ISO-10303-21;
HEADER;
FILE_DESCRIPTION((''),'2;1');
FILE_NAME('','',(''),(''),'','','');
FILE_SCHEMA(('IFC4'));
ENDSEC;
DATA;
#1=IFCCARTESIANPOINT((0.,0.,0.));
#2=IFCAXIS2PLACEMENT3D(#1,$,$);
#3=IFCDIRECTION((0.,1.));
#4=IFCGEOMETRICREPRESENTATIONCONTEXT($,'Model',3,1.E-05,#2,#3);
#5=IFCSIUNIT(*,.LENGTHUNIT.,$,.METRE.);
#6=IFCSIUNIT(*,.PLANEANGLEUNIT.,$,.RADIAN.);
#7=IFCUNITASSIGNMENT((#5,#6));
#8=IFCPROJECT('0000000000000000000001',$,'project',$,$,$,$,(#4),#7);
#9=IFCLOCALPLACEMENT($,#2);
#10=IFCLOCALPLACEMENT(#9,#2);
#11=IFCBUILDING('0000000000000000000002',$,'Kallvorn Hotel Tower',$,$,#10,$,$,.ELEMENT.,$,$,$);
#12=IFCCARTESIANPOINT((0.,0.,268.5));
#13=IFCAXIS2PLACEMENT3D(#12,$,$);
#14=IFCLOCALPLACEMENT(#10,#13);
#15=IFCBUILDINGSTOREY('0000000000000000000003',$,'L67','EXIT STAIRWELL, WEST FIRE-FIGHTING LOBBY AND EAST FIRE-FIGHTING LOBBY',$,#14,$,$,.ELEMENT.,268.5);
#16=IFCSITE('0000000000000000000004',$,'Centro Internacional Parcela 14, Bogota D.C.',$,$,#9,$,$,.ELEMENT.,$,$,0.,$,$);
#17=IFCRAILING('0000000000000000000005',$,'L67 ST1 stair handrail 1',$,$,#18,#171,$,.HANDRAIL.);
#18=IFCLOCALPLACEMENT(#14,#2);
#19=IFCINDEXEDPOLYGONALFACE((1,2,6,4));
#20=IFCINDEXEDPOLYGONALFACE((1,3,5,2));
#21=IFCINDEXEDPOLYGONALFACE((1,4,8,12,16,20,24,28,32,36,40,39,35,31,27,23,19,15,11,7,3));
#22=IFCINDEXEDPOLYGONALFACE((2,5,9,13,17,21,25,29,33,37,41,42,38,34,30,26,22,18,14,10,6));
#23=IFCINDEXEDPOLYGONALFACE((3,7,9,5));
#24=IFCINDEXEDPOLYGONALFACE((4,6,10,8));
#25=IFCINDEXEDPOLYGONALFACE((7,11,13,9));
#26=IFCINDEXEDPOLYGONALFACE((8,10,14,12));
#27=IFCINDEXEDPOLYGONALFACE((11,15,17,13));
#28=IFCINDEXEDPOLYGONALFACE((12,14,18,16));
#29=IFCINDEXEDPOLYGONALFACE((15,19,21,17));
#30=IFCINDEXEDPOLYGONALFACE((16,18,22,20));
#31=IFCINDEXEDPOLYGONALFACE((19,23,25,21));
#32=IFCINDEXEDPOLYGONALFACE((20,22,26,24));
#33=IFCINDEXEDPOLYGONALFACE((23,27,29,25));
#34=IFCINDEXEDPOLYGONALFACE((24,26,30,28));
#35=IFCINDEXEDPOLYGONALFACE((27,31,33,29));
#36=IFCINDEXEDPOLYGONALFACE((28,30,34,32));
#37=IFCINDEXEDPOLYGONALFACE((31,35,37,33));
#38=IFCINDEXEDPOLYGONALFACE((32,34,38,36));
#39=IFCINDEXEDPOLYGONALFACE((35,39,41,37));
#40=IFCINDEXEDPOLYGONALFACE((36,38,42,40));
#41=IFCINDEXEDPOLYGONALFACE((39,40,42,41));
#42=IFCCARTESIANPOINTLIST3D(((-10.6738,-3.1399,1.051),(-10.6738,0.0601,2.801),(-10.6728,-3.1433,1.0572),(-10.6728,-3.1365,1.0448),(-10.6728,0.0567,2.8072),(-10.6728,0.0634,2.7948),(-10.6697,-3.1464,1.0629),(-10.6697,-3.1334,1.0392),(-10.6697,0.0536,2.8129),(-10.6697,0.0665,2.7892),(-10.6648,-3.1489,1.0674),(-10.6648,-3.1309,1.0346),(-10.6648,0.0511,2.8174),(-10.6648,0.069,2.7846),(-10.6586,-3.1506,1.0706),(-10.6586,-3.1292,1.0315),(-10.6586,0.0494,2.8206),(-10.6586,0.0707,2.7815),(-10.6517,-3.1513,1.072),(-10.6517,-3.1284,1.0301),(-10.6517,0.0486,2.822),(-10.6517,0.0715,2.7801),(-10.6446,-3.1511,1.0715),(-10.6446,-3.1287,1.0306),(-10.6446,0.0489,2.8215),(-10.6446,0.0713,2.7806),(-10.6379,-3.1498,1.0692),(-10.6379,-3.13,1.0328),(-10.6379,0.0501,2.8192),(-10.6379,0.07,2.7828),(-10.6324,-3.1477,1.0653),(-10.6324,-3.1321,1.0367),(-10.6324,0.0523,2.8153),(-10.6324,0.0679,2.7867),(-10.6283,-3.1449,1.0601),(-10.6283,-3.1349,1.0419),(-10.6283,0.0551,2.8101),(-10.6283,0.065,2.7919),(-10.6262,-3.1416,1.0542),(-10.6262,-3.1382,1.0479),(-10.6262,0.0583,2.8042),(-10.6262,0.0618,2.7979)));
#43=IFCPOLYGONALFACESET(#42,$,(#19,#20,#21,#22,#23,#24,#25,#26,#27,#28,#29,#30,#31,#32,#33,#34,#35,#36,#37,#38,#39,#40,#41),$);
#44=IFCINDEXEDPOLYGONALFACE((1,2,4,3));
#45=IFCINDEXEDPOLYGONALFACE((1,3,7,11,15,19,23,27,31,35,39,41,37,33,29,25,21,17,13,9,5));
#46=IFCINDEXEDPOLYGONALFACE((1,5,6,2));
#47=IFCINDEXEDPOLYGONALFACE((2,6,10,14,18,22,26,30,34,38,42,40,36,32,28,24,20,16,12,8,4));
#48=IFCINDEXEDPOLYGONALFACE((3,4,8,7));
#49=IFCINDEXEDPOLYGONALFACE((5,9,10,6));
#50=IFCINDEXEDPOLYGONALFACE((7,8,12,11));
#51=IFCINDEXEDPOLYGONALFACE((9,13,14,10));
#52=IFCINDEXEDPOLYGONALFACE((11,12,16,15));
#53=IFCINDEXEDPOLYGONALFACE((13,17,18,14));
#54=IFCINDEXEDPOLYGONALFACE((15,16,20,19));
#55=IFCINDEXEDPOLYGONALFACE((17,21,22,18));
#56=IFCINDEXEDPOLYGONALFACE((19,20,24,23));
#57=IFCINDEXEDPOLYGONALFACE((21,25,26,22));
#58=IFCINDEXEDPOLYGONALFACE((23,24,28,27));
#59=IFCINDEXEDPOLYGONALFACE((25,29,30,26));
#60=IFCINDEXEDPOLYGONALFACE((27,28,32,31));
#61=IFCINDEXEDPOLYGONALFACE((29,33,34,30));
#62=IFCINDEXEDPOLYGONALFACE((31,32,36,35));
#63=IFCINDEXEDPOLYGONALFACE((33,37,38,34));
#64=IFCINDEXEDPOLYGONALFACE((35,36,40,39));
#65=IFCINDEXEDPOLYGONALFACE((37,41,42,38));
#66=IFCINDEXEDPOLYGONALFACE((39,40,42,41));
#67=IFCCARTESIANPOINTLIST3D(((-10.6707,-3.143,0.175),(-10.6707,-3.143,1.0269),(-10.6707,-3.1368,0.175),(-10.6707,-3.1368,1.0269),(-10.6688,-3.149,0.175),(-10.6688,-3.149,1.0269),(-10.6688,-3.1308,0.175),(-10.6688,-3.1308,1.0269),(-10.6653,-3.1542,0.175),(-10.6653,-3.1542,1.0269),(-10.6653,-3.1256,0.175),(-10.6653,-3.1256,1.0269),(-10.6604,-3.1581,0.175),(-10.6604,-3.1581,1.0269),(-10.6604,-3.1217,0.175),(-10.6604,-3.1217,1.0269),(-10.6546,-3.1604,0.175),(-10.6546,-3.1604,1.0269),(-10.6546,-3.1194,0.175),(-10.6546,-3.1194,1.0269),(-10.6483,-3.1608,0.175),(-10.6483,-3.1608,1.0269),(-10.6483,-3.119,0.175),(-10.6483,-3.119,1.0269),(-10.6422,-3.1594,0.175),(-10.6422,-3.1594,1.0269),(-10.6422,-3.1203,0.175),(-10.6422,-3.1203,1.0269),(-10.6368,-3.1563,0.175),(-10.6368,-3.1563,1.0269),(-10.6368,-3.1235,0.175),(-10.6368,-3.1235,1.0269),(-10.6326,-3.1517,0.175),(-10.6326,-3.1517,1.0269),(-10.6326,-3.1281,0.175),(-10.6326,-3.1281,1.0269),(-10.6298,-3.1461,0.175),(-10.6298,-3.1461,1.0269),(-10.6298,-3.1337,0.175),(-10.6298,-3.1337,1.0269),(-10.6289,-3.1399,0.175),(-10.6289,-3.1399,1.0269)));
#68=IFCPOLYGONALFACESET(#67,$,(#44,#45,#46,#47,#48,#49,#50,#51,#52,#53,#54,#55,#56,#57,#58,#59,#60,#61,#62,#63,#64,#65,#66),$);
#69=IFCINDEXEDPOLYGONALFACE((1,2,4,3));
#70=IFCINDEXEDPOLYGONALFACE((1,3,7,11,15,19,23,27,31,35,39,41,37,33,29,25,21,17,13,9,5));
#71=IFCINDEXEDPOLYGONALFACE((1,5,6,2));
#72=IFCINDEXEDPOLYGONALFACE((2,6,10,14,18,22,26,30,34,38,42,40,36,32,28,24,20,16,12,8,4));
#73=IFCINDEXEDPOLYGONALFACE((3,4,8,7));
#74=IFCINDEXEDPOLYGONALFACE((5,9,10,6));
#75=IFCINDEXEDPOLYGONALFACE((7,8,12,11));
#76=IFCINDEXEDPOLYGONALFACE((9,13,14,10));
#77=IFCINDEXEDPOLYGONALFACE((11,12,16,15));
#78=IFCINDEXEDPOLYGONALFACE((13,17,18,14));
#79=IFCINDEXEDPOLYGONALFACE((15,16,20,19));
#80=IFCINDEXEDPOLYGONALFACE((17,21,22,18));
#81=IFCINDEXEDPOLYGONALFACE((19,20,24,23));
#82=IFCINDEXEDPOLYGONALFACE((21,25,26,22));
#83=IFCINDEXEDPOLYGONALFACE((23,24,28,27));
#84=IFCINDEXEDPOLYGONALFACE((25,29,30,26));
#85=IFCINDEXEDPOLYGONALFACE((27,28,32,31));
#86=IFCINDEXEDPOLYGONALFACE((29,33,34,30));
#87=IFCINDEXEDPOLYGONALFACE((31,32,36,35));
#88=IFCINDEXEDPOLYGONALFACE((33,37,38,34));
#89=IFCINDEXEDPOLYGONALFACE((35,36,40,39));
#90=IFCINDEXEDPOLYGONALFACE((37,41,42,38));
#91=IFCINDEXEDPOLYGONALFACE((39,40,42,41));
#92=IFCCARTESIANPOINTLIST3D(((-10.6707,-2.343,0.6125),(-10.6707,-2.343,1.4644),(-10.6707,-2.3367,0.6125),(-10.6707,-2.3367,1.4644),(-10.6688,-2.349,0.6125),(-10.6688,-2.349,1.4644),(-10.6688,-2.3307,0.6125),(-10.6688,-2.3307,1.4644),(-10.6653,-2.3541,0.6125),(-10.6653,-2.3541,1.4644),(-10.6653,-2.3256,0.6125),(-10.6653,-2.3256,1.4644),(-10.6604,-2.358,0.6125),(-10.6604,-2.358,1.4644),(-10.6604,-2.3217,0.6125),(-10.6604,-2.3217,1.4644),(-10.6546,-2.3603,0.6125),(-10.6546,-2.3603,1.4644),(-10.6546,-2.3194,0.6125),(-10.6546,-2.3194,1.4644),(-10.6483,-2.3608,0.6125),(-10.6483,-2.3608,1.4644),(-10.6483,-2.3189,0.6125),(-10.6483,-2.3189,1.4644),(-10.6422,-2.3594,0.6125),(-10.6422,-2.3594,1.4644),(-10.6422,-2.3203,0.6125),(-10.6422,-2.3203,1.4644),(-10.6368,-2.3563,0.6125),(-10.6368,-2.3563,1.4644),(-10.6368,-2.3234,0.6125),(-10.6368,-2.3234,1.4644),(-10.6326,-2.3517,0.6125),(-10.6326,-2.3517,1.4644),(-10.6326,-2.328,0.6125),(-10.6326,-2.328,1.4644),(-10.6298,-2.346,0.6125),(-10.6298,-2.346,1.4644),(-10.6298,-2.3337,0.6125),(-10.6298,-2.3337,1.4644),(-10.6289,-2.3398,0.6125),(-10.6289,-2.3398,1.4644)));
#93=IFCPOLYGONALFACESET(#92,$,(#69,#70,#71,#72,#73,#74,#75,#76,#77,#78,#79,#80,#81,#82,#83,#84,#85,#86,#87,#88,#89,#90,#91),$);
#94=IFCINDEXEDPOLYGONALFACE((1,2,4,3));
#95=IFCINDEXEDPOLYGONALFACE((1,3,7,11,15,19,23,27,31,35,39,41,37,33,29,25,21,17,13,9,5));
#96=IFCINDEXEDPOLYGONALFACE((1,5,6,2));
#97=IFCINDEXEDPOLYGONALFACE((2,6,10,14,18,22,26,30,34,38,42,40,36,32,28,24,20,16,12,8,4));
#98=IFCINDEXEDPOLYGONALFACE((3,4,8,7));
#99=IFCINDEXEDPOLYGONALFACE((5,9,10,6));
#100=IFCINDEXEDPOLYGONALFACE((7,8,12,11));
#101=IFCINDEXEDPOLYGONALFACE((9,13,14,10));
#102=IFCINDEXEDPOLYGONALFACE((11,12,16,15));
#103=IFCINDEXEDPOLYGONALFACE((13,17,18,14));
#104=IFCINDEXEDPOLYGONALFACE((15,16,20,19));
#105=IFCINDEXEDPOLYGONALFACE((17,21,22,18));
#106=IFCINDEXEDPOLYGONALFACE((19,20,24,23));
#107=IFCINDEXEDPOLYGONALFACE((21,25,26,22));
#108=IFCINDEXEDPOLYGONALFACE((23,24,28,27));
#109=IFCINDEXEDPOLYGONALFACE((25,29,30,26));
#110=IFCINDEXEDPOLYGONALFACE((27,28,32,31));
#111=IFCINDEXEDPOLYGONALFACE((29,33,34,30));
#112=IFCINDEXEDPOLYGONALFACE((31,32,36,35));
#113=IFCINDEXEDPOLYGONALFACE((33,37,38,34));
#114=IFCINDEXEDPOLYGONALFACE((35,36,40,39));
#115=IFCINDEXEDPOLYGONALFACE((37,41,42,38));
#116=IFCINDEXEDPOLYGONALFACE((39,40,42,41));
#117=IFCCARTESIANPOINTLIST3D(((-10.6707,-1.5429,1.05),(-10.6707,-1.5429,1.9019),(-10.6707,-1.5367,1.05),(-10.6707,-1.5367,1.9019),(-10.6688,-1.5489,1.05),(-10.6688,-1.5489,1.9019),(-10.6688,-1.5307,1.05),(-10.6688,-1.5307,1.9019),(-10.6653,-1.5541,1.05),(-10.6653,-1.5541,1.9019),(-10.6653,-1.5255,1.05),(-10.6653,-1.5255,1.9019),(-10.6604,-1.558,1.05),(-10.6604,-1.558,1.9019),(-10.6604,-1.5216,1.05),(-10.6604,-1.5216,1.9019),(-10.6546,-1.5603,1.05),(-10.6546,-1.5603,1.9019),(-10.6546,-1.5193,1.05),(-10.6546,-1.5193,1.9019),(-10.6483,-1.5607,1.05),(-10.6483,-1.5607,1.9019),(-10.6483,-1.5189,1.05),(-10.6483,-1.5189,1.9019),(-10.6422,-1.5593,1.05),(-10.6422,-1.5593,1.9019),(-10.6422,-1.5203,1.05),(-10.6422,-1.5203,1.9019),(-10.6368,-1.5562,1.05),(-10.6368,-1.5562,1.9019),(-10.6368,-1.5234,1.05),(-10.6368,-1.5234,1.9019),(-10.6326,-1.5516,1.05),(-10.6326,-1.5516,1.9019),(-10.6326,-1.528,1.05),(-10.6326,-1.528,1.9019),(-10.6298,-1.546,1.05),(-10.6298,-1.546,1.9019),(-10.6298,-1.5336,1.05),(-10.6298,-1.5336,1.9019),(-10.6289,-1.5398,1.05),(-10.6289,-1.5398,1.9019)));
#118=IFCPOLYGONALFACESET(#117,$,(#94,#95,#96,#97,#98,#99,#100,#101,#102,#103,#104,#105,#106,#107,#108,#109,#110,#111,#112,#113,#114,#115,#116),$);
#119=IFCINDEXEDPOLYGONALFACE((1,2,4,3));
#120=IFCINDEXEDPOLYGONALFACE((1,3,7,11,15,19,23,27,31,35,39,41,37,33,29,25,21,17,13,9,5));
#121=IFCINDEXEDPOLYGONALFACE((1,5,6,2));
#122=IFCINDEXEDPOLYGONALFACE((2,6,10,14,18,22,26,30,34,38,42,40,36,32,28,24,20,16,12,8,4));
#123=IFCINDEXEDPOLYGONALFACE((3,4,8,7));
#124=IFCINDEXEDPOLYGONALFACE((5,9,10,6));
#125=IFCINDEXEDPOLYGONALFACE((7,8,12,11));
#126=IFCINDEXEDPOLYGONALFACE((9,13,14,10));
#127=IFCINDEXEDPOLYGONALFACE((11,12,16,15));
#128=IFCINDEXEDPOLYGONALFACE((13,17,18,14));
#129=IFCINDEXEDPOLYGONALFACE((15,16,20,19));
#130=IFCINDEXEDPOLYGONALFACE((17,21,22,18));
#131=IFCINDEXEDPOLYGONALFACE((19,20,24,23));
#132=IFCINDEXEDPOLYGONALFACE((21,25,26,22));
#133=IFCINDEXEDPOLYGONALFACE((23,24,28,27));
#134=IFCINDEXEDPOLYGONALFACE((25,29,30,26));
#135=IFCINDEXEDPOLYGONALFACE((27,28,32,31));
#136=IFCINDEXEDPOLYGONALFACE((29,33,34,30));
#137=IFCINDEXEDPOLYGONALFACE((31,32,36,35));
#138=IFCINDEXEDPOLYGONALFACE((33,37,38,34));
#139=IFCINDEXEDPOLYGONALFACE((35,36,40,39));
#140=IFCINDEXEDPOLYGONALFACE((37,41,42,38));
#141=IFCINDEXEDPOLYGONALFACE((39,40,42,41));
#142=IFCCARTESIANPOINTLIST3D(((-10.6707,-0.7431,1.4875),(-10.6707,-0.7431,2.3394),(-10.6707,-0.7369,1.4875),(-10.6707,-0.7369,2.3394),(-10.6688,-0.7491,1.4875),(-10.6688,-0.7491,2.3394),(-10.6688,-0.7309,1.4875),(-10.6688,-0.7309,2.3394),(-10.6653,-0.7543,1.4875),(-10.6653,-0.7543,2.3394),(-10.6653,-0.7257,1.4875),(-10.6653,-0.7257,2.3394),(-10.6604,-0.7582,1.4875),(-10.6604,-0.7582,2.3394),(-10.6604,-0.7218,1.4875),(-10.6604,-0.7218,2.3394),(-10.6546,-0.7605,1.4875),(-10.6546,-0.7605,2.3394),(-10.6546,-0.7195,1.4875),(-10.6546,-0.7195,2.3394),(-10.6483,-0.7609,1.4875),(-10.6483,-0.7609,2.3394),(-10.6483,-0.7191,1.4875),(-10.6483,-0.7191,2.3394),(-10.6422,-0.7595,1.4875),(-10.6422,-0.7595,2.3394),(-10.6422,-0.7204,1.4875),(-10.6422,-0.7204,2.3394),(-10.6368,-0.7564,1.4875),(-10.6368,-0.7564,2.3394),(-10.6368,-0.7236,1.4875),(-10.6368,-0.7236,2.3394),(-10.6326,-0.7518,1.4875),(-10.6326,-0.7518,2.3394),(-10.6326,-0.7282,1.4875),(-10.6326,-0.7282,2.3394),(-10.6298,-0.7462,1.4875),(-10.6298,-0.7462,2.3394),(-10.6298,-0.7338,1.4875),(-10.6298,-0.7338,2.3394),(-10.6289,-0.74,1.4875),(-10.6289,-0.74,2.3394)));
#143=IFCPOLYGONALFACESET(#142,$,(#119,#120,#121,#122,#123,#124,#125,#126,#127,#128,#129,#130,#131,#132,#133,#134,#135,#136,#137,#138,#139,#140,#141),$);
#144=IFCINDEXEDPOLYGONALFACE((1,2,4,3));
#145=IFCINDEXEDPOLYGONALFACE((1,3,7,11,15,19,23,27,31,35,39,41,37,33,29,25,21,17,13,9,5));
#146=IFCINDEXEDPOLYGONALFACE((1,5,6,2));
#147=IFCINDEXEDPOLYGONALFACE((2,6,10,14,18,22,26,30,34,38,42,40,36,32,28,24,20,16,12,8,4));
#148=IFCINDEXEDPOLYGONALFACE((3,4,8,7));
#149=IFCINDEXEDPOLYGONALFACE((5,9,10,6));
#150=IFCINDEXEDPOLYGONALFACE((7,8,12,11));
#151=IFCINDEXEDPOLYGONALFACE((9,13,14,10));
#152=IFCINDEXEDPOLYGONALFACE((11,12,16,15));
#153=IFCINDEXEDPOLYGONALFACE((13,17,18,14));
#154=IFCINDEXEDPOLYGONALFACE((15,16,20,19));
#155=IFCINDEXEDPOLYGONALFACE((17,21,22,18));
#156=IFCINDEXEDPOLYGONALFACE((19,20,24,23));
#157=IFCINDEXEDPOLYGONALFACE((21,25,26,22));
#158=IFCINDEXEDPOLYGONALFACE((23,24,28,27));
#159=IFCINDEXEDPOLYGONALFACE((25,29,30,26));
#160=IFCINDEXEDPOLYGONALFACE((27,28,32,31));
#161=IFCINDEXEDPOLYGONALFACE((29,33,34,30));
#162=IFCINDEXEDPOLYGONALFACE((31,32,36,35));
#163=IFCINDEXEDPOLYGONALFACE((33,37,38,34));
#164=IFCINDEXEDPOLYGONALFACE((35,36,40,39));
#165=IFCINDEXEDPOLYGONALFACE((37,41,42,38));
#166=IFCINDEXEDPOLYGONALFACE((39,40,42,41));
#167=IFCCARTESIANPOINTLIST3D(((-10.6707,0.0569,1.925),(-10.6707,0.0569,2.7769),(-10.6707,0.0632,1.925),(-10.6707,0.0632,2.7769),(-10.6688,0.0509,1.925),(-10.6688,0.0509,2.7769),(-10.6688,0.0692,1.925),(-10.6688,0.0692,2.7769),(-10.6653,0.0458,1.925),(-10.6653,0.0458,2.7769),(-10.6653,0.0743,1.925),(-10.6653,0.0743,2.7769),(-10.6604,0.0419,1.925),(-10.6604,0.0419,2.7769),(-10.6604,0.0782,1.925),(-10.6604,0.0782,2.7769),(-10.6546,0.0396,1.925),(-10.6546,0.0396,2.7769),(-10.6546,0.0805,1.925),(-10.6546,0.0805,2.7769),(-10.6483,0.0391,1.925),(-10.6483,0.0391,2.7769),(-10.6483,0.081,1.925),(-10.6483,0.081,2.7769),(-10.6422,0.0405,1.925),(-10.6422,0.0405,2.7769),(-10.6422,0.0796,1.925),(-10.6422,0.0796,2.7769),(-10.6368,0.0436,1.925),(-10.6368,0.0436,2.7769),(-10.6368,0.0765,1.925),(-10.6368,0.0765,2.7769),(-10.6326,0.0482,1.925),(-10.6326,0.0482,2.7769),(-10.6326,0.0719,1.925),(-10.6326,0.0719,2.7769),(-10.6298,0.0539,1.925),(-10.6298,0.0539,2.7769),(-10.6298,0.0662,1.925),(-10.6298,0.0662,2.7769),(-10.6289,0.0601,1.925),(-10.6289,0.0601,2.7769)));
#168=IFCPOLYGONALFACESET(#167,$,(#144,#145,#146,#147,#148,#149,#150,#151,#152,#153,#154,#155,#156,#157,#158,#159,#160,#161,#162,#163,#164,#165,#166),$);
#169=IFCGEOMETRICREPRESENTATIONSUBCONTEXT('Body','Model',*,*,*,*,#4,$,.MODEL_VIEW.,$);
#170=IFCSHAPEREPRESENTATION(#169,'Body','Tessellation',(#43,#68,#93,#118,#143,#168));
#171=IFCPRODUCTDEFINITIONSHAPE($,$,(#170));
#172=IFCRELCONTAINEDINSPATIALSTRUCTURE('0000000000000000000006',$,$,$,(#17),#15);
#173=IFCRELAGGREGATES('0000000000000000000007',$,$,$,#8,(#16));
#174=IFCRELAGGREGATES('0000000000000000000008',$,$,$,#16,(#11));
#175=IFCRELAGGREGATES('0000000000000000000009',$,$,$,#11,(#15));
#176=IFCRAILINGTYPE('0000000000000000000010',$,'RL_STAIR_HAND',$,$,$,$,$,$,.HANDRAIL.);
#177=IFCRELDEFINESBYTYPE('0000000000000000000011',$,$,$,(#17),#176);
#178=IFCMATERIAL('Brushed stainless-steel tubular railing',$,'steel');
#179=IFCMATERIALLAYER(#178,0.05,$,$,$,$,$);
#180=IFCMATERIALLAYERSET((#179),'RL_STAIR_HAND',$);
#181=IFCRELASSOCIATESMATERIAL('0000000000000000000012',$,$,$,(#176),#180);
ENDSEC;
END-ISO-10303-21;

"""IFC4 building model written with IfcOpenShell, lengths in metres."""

from ifc_helpers import new_model, si_unit, direction, frame, origin, origin_2d, place, context, subcontext, project, spatial, circle, extrude, material, layer, layer_set, type_object, element, save


model = new_model("IFC4")

# Units and contexts
model_context = context("Model", 3, precision=1e-05, world=origin(), true_north=direction((0.0, 1.0)))
body_context = subcontext(model_context, "Body", "Model", "MODEL_VIEW")
ifc_project = project(units=[si_unit("LENGTHUNIT", "METRE"), si_unit("PLANEANGLEUNIT", "RADIAN")], contexts=[model_context])

# Site, building, storey
site_placement = place(None, origin())
site = spatial("IfcSite", under=ifc_project, at=site_placement, Name="Centro Internacional Parcela 14, Bogota D.C.", CompositionType="ELEMENT", RefElevation=0.0)
building_placement = place(site_placement, origin())
building = spatial("IfcBuilding", under=site, at=building_placement, Name="Kallvorn Hotel Tower", CompositionType="ELEMENT")
storey_placement = place(building_placement, frame((0.0, 0.0, 268.5)))
storey = spatial("IfcBuildingStorey", under=building, at=storey_placement, Name="L67", Description="EXIT STAIRWELL, WEST FIRE-FIGHTING LOBBY AND EAST FIRE-FIGHTING LOBBY", CompositionType="ELEMENT", Elevation=268.5)

# Railing
ifc_material_1 = material(Name="Brushed stainless-steel tubular railing", Category="steel")
ifc_layer_1 = layer(ifc_material_1, 0.05)
ifc_layer_set_1 = layer_set([ifc_layer_1], Name="RL_STAIR_HAND")
railing_type_1 = type_object("IfcRailingType", Name="RL_STAIR_HAND", PredefinedType="HANDRAIL", material=ifc_layer_set_1)
railing_1_placement = place(storey_placement, frame((-10.6499, -3.1399, 0.175)))
element("IfcRailing", 1, at=railing_1_placement, inside=storey, type_object=railing_type_1, Name="L67 ST1 stair handrail 1", PredefinedType="HANDRAIL", context=body_context, shape_type="SweptSolid", body=[
    extrude(circle(Radius=0.0239, at=origin_2d()), frame((0.0, 0.0, 0.876), z_axis=(0.0, 0.877368, 0.479818), x_axis=(-1.0, 0.0, 0.0)), (0.0, 0.0, 1.0), 3.6472),
    extrude(circle(Radius=0.021, at=origin_2d()), origin(), (0.0, 0.0, 1.0), 0.8518),
    extrude(circle(Radius=0.021, at=origin_2d()), frame((0.0, 0.8, 0.4375)), (0.0, 0.0, 1.0), 0.8518),
    extrude(circle(Radius=0.021, at=origin_2d()), frame((0.0, 1.6001, 0.875)), (0.0, 0.0, 1.0), 0.8518),
    extrude(circle(Radius=0.021, at=origin_2d()), frame((0.0, 2.3999, 1.3125)), (0.0, 0.0, 1.0), 0.8518),
    extrude(circle(Radius=0.021, at=origin_2d()), frame((0.0, 3.2, 1.75)), (0.0, 0.0, 1.0), 0.8518),
])

save(model, "model.ifc")
